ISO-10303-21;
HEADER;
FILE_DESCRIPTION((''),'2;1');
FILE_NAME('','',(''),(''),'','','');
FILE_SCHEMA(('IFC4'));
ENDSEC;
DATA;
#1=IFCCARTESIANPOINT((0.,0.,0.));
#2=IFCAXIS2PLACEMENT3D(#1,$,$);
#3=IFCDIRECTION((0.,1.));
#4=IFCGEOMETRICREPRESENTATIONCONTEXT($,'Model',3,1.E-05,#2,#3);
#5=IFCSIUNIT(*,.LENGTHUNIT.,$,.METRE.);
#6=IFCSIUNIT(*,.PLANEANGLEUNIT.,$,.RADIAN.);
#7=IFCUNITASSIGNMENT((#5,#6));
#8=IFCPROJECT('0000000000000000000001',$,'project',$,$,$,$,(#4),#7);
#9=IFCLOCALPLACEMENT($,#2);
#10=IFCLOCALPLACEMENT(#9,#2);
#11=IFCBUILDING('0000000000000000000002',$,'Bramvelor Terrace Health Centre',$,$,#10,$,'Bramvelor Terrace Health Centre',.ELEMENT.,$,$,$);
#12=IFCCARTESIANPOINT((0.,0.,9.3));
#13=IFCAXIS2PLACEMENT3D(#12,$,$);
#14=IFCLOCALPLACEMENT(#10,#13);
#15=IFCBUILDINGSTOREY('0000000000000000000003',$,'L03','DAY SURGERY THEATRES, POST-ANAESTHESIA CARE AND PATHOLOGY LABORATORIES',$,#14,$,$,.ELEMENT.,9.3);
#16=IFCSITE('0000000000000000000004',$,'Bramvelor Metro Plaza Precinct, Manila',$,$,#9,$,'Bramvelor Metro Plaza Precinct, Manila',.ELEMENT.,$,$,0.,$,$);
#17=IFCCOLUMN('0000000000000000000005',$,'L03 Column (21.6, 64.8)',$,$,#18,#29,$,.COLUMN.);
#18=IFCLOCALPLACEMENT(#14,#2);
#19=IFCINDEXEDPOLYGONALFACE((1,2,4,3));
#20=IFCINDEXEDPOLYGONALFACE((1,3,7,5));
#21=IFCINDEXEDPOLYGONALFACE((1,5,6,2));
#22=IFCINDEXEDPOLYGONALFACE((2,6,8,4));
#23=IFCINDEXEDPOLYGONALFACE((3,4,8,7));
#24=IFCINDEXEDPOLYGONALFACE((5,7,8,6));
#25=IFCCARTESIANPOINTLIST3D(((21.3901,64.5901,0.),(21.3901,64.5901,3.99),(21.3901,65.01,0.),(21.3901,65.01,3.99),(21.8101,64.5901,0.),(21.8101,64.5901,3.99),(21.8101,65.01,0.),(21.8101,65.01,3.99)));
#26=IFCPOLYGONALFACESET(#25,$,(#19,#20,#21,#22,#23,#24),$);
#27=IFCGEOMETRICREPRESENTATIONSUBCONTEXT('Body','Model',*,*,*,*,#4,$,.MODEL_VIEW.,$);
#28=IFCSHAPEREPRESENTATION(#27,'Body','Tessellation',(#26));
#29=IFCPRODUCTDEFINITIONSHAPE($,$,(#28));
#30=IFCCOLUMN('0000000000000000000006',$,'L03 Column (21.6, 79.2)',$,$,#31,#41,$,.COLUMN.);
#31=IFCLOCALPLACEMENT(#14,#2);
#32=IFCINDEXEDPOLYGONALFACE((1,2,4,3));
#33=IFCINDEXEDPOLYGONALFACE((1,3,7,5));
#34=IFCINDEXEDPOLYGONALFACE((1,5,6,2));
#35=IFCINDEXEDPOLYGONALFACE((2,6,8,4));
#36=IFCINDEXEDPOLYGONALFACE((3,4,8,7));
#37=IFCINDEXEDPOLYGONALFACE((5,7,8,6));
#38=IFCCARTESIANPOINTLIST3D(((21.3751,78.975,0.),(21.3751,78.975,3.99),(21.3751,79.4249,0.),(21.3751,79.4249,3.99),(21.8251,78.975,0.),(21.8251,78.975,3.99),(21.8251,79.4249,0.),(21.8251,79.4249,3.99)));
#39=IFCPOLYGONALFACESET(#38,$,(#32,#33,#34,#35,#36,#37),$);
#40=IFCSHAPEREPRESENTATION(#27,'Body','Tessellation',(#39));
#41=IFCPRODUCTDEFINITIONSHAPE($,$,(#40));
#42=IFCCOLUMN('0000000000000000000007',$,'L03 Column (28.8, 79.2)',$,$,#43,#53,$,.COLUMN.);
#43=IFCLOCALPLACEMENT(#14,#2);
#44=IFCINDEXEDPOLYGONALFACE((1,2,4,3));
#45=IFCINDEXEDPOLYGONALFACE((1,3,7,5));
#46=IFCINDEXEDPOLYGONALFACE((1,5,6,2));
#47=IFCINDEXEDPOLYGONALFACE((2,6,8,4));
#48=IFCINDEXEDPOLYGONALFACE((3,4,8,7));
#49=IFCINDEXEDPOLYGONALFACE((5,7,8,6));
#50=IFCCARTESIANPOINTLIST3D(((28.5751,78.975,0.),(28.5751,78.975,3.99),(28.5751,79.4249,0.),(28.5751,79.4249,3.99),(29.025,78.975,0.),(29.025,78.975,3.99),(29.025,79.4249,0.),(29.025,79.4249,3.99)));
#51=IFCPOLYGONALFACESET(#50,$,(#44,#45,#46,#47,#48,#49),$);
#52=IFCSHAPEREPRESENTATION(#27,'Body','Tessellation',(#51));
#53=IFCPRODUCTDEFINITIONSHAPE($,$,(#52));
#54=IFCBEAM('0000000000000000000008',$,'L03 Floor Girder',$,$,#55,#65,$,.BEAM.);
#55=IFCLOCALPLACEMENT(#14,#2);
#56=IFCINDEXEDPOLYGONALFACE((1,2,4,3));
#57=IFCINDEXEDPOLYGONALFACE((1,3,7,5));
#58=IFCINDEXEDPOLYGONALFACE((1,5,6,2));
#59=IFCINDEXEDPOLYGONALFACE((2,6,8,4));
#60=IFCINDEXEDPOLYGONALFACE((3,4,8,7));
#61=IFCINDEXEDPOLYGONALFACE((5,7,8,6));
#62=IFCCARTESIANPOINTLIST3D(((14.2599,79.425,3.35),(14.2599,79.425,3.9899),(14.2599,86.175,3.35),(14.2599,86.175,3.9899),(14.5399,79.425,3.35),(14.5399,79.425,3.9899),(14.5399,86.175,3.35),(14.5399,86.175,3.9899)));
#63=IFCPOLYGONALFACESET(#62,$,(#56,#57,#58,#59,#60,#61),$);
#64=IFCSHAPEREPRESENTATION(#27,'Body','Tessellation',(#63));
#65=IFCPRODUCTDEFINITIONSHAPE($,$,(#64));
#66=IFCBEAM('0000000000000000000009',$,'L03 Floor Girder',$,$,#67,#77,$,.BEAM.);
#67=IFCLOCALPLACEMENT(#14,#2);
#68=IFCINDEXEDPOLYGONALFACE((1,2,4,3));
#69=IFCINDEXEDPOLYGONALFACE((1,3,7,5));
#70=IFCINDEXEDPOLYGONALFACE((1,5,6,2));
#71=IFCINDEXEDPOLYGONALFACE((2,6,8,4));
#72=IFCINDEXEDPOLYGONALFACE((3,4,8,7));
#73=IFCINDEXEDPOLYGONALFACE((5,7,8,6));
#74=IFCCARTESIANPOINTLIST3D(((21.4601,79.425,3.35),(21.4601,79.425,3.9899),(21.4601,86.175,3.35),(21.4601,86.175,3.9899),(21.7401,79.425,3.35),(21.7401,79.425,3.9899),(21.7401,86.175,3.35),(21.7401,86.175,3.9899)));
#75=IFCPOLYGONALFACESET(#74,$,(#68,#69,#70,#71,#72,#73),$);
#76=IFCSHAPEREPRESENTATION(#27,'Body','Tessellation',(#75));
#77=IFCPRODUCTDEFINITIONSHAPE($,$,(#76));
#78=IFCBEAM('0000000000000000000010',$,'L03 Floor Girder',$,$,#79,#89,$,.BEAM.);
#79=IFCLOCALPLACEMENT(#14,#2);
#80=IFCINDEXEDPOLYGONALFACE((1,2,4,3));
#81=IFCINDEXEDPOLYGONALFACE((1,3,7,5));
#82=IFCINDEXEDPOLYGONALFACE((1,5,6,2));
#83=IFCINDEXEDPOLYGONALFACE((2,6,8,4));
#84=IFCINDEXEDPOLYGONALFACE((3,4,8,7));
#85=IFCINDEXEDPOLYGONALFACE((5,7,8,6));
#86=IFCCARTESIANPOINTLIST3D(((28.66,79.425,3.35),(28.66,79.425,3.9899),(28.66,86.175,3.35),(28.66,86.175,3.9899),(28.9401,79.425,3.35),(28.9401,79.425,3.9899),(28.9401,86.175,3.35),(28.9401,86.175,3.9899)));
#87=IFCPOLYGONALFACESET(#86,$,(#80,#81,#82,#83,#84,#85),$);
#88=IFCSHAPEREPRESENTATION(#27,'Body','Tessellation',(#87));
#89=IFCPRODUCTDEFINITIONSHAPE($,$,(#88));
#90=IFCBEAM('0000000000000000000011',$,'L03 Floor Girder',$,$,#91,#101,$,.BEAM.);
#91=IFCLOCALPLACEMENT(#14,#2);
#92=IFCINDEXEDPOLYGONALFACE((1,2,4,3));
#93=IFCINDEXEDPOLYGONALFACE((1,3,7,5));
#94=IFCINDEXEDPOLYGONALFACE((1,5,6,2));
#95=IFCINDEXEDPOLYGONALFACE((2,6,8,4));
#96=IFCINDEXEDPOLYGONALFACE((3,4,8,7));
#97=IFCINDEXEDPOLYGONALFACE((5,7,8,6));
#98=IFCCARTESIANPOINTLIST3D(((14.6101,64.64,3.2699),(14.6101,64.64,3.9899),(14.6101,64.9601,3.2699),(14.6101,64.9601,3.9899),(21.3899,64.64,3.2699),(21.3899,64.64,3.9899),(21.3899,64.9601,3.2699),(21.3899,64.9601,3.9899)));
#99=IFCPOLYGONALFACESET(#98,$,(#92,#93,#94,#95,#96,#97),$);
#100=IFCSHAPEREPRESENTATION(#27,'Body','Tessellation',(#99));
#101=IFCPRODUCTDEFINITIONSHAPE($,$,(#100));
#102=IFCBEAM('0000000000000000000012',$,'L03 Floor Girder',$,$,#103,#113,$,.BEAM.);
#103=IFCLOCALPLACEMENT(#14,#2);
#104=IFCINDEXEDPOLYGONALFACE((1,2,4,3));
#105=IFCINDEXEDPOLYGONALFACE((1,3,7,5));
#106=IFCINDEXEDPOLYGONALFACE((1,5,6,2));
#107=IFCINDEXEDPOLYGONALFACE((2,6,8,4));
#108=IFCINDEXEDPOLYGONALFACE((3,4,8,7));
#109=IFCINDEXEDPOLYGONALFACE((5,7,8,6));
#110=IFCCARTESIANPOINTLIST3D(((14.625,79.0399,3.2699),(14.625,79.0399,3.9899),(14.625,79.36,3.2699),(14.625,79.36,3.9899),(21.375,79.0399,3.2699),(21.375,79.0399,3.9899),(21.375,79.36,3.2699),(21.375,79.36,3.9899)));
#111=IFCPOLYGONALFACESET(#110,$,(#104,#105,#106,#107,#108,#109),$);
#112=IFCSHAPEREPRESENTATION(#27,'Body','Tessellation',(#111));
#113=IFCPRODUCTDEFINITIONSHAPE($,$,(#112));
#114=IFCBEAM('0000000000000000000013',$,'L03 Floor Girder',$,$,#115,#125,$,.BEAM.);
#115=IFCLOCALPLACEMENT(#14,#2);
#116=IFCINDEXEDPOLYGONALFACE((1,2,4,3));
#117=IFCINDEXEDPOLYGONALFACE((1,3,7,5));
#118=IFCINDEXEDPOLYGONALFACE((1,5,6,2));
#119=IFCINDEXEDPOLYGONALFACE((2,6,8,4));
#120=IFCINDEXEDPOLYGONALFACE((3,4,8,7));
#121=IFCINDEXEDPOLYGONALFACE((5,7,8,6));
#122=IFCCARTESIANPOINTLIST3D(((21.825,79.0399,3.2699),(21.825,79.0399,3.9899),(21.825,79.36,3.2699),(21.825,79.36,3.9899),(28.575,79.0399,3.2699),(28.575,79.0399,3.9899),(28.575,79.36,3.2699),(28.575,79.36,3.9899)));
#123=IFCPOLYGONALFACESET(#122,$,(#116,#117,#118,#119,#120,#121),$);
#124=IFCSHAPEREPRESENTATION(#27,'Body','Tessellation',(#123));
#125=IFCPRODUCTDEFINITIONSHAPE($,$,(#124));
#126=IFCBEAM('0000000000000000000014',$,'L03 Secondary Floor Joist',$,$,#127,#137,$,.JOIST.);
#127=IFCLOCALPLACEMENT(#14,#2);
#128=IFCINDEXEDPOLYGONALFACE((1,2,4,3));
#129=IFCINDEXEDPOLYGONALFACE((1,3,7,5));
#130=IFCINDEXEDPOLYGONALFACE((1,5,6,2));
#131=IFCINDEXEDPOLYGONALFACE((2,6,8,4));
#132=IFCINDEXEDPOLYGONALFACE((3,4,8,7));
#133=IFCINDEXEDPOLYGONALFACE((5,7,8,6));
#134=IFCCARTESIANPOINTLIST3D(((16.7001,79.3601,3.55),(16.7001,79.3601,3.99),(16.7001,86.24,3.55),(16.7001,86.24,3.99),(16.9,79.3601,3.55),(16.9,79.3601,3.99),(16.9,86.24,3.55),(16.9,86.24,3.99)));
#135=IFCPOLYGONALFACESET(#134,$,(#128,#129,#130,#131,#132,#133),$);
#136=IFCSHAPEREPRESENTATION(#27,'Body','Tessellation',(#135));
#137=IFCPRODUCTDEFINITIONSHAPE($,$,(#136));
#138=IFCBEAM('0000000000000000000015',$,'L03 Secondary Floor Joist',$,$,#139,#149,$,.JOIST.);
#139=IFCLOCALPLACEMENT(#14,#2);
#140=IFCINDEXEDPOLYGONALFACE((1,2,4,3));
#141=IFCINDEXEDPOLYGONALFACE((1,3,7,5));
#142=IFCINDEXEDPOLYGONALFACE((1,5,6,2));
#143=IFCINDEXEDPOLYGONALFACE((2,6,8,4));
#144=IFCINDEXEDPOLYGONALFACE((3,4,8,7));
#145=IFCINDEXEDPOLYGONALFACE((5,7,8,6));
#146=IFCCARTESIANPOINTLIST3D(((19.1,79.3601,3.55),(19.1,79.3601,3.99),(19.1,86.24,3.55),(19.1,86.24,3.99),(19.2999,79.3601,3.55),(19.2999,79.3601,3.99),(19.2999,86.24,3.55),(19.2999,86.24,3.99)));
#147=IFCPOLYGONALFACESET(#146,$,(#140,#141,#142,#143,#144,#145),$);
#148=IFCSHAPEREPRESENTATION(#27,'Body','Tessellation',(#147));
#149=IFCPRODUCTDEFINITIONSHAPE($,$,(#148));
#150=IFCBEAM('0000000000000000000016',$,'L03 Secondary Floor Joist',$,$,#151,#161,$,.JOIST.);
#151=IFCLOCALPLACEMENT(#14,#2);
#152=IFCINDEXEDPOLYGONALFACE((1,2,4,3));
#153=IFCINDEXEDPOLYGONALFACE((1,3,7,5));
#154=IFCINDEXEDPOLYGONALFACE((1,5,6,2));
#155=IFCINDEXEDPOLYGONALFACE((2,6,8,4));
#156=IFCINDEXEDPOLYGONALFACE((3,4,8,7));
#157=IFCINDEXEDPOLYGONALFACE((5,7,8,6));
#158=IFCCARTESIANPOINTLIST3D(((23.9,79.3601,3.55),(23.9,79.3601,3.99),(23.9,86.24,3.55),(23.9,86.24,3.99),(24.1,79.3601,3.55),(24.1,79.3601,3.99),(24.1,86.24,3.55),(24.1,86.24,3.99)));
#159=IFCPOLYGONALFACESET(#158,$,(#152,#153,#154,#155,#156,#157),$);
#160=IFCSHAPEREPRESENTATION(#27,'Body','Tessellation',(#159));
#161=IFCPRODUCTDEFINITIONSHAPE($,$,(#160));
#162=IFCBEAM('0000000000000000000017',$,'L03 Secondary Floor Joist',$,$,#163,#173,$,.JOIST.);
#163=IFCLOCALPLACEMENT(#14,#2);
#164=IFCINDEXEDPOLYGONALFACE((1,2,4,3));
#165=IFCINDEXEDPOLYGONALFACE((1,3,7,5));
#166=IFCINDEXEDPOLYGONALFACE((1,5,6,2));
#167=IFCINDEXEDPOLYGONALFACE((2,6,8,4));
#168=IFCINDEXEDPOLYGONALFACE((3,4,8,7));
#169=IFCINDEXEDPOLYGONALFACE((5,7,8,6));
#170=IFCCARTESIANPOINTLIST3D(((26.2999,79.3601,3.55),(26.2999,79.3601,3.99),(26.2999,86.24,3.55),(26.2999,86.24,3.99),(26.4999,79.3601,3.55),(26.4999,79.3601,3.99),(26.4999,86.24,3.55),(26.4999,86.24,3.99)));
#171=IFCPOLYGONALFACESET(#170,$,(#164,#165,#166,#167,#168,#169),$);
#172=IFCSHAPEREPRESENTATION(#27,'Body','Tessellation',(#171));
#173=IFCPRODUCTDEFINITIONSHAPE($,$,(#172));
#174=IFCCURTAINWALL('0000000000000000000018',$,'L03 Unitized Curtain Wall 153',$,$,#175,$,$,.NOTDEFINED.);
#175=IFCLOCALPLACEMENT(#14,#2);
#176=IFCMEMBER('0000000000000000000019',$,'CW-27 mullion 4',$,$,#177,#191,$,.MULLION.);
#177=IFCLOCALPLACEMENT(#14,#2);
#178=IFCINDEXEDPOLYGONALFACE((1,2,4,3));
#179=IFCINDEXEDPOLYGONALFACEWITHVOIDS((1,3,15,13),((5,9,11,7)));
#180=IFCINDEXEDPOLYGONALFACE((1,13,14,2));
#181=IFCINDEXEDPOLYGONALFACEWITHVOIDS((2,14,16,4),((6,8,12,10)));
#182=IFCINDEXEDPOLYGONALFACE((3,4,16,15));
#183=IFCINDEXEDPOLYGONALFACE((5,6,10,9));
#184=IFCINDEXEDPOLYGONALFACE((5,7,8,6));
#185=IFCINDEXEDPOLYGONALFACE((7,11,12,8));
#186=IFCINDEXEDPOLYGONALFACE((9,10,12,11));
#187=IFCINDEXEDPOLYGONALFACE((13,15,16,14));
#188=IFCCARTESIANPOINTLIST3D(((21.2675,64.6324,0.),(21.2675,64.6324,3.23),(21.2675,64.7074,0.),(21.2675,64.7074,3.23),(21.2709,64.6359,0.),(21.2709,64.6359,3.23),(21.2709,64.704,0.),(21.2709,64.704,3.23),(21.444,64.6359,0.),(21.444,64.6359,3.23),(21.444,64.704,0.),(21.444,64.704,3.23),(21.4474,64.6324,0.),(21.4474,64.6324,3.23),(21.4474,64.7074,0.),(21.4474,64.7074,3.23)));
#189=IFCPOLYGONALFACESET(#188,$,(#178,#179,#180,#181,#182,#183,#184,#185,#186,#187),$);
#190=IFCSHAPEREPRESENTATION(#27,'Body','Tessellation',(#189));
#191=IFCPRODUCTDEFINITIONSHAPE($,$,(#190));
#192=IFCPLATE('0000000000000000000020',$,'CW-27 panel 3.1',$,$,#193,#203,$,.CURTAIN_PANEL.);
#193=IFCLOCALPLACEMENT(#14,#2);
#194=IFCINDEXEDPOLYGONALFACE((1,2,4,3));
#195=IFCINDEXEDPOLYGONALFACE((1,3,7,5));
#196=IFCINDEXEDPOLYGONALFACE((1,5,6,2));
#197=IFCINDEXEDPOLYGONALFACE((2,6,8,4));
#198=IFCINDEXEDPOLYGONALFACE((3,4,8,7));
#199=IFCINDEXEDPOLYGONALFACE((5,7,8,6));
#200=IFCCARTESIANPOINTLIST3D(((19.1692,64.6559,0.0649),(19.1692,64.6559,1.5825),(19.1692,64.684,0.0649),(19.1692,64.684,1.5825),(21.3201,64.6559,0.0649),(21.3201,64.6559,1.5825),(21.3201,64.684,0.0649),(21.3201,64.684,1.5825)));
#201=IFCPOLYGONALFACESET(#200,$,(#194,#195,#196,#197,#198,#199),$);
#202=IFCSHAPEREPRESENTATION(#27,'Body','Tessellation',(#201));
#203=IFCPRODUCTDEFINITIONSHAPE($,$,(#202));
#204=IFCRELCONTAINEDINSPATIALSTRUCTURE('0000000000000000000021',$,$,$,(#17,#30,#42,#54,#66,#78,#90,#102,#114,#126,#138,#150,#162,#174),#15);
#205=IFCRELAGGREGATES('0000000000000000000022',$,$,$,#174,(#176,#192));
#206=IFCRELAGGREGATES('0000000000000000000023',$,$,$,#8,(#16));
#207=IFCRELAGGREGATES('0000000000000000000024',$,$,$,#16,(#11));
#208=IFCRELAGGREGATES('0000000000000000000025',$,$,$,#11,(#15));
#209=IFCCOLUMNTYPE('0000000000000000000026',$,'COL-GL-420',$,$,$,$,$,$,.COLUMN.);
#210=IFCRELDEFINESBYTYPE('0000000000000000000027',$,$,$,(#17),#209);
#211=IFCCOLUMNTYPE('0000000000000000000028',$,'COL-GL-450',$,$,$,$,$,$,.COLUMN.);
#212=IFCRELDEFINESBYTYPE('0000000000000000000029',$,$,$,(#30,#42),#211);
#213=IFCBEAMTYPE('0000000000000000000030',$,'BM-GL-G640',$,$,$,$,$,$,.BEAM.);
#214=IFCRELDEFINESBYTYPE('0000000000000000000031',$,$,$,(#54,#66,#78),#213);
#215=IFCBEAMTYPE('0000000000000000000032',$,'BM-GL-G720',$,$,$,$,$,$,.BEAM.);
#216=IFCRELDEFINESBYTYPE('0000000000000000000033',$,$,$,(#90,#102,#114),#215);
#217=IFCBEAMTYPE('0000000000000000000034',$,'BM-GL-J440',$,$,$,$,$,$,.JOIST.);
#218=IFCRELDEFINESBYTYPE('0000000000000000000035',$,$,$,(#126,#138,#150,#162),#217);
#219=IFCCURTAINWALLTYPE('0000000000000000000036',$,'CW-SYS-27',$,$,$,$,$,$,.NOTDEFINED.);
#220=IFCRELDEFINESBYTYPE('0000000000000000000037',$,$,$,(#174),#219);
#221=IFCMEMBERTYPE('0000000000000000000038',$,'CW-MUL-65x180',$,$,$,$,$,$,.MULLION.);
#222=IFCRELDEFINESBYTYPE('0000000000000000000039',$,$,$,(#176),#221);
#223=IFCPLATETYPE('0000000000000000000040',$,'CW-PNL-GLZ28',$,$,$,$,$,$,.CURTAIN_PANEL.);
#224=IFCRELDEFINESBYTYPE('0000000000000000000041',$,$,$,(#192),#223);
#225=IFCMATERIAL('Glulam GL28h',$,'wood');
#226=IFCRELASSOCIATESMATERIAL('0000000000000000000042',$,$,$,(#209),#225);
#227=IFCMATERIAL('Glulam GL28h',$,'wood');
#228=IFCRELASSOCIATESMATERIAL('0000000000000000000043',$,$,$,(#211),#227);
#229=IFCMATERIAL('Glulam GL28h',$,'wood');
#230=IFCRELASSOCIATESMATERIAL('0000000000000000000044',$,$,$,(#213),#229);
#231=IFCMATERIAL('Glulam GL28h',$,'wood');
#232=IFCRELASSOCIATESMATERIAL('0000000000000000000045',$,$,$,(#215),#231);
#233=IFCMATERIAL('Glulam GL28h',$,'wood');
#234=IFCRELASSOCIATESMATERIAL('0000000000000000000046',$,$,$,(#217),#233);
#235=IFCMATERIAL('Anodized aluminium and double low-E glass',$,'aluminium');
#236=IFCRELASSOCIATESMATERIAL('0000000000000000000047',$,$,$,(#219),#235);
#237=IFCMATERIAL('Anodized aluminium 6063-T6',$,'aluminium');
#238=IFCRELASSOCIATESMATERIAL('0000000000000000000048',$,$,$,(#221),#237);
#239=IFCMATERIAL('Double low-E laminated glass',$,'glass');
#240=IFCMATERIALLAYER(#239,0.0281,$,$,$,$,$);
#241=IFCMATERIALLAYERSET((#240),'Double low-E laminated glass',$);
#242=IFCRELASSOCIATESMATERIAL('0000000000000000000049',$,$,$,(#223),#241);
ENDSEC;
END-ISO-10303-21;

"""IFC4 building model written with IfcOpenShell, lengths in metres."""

from ifc_helpers import new_model, si_unit, direction, frame, origin, origin_2d, place, context, subcontext, project, spatial, rectangle, hollow_rectangle, extrude, material, layer, layer_set, material_profile, profile_set, type_object, element, aggregate, save


model = new_model("IFC4")

# Units and contexts
model_context = context("Model", 3, precision=1e-05, world=origin(), true_north=direction((0.0, 1.0)))
body_context = subcontext(model_context, "Body", "Model", "MODEL_VIEW")
ifc_project = project(units=[si_unit("LENGTHUNIT", "METRE"), si_unit("PLANEANGLEUNIT", "RADIAN")], contexts=[model_context])

# Site, building, storey
site_placement = place(None, origin())
site = spatial("IfcSite", under=ifc_project, at=site_placement, Name="Bramvelor Metro Plaza Precinct, Manila", LongName="Bramvelor Metro Plaza Precinct, Manila", CompositionType="ELEMENT", RefElevation=0.0)
building_placement = place(site_placement, origin())
building = spatial("IfcBuilding", under=site, at=building_placement, Name="Bramvelor Terrace Health Centre", LongName="Bramvelor Terrace Health Centre", CompositionType="ELEMENT")
storey_placement = place(building_placement, frame((0.0, 0.0, 9.3)))
storey = spatial("IfcBuildingStorey", under=building, at=storey_placement, Name="L03", Description="DAY SURGERY THEATRES, POST-ANAESTHESIA CARE AND PATHOLOGY LABORATORIES", CompositionType="ELEMENT", Elevation=9.3)

# Columns
ifc_material_1 = material(Name="Glulam GL28h", Category="wood")
ifc_material_profile_1 = material_profile(ifc_material_1, rectangle(XDim=0.4199, YDim=0.4199, at=origin_2d()), Name="GL 420x420")
ifc_profile_set_1 = profile_set([ifc_material_profile_1], Name="Glulam GL28h")
column_type_1 = type_object("IfcColumnType", Name="COL-GL-420", PredefinedType="COLUMN", material=ifc_profile_set_1)
column_placement = place(storey_placement, frame((21.6001, 64.8, 0.0), z_axis=(0.0, 0.0, 1.0), x_axis=(1.0, 0.0, 0.0)))
element("IfcColumn", 1, at=column_placement, inside=storey, type_object=column_type_1, Name="L03 Column (21.6, 64.8)", PredefinedType="COLUMN", context=body_context, shape_type="SweptSolid", body=[
    extrude(rectangle(XDim=0.4199, YDim=0.4199, at=origin_2d()), origin(), (0.0, 0.0, 1.0), 3.99),
])
ifc_material_2 = material(Name="Glulam GL28h", Category="wood")
ifc_material_profile_2 = material_profile(ifc_material_2, rectangle(XDim=0.45, YDim=0.45, at=origin_2d()), Name="GL 450x450")
ifc_profile_set_2 = profile_set([ifc_material_profile_2], Name="Glulam GL28h")
column_type_2 = type_object("IfcColumnType", Name="COL-GL-450", PredefinedType="COLUMN", material=ifc_profile_set_2)
for number, where, z_axis, x_axis, name in (
    (2, (21.6001, 79.2, 0.0), (0.0, 0.0, 1.0), (1.0, 0.0, 0.0), "L03 Column (21.6, 79.2)"),
    (3, (28.8, 79.2, 0.0), (0.0, 0.0, 1.0), (1.0, 0.0, 0.0), "L03 Column (28.8, 79.2)"),
):
    element("IfcColumn", number, at=place(storey_placement, frame(where, z_axis=z_axis, x_axis=x_axis)), inside=storey, type_object=column_type_2, Name=name, PredefinedType="COLUMN", context=body_context, shape_type="SweptSolid", body=[
        extrude(rectangle(XDim=0.45, YDim=0.45, at=origin_2d()), origin(), (0.0, 0.0, 1.0), 3.99),
    ])

# Beams
ifc_material_3 = material(Name="Glulam GL28h", Category="wood")
ifc_material_profile_3 = material_profile(ifc_material_3, rectangle(XDim=0.28, YDim=0.6399, at=origin_2d()), Name="GL 280x640")
ifc_profile_set_3 = profile_set([ifc_material_profile_3], Name="Glulam GL28h")
beam_type_1 = type_object("IfcBeamType", Name="BM-GL-G640", PredefinedType="BEAM", material=ifc_profile_set_3)
for number, where, z_axis, x_axis, name in (
    (4, (14.3999, 79.425, 3.6699), (0.0, 1.0, 0.0), (-1.0, 0.0, 0.0), "L03 Floor Girder"),
    (5, (21.6001, 79.425, 3.6699), (0.0, 1.0, 0.0), (-1.0, 0.0, 0.0), "L03 Floor Girder"),
    (6, (28.8, 79.425, 3.6699), (0.0, 1.0, 0.0), (-1.0, 0.0, 0.0), "L03 Floor Girder"),
):
    element("IfcBeam", number, at=place(storey_placement, frame(where, z_axis=z_axis, x_axis=x_axis)), inside=storey, type_object=beam_type_1, Name=name, PredefinedType="BEAM", context=body_context, shape_type="SweptSolid", body=[
        extrude(rectangle(XDim=0.28, YDim=0.6399, at=origin_2d()), origin(), (0.0, 0.0, 1.0), 6.75),
    ])
ifc_material_4 = material(Name="Glulam GL28h", Category="wood")
ifc_material_profile_4 = material_profile(ifc_material_4, rectangle(XDim=0.3201, YDim=0.72, at=origin_2d()), Name="GL 320x720")
ifc_profile_set_4 = profile_set([ifc_material_profile_4], Name="Glulam GL28h")
beam_type_2 = type_object("IfcBeamType", Name="BM-GL-G720", PredefinedType="BEAM", material=ifc_profile_set_4)
beam_placement = place(storey_placement, frame((14.6101, 64.8, 3.6299), z_axis=(1.0, 0.0, 0.0), x_axis=(0.0, 1.0, 0.0)))
element("IfcBeam", 7, at=beam_placement, inside=storey, type_object=beam_type_2, Name="L03 Floor Girder", PredefinedType="BEAM", context=body_context, shape_type="SweptSolid", body=[
    extrude(rectangle(XDim=0.3201, YDim=0.72, at=origin_2d()), origin(), (0.0, 0.0, 1.0), 6.7798),
])
for number, where, z_axis, x_axis, name in (
    (8, (14.625, 79.2, 3.6299), (1.0, 0.0, 0.0), (0.0, 1.0, 0.0), "L03 Floor Girder"),
    (9, (21.825, 79.2, 3.6299), (1.0, 0.0, 0.0), (0.0, 1.0, 0.0), "L03 Floor Girder"),
):
    element("IfcBeam", number, at=place(storey_placement, frame(where, z_axis=z_axis, x_axis=x_axis)), inside=storey, type_object=beam_type_2, Name=name, PredefinedType="BEAM", context=body_context, shape_type="SweptSolid", body=[
        extrude(rectangle(XDim=0.3201, YDim=0.72, at=origin_2d()), origin(), (0.0, 0.0, 1.0), 6.75),
    ])
ifc_material_5 = material(Name="Glulam GL28h", Category="wood")
ifc_material_profile_5 = material_profile(ifc_material_5, rectangle(XDim=0.2, YDim=0.4399, at=origin_2d()), Name="GL 200x440")
ifc_profile_set_5 = profile_set([ifc_material_profile_5], Name="Glulam GL28h")
beam_type_3 = type_object("IfcBeamType", Name="BM-GL-J440", PredefinedType="JOIST", material=ifc_profile_set_5)
for number, where, z_axis, x_axis, name in (
    (10, (16.8, 79.3601, 3.77), (0.0, 1.0, 0.0), (-1.0, 0.0, 0.0), "L03 Secondary Floor Joist"),
    (11, (19.2, 79.3601, 3.77), (0.0, 1.0, 0.0), (-1.0, 0.0, 0.0), "L03 Secondary Floor Joist"),
    (12, (24.0, 79.3601, 3.77), (0.0, 1.0, 0.0), (-1.0, 0.0, 0.0), "L03 Secondary Floor Joist"),
    (13, (26.3999, 79.3601, 3.77), (0.0, 1.0, 0.0), (-1.0, 0.0, 0.0), "L03 Secondary Floor Joist"),
):
    element("IfcBeam", number, at=place(storey_placement, frame(where, z_axis=z_axis, x_axis=x_axis)), inside=storey, type_object=beam_type_3, Name=name, PredefinedType="JOIST", context=body_context, shape_type="SweptSolid", body=[
        extrude(rectangle(XDim=0.2, YDim=0.4399, at=origin_2d()), origin(), (0.0, 0.0, 1.0), 6.8799),
    ])

# Curtain wall, member, plate
ifc_material_6 = material(Name="Anodized aluminium and double low-E glass", Category="aluminium")
curtain_wall_type = type_object("IfcCurtainWallType", Name="CW-SYS-27", PredefinedType="NOTDEFINED", material=ifc_material_6)
curtain_wall_placement = place(storey_placement, origin())
curtain_wall = element("IfcCurtainWall", 14, at=curtain_wall_placement, inside=storey, type_object=curtain_wall_type, Name="L03 Unitized Curtain Wall 153", PredefinedType="NOTDEFINED")
ifc_material_7 = material(Name="Anodized aluminium 6063-T6", Category="aluminium")
ifc_material_profile_6 = material_profile(ifc_material_7, hollow_rectangle(XDim=0.075, YDim=0.1799, WallThickness=0.0034, at=origin_2d()), Name="ALU-MUL 75x180x3.5")
ifc_profile_set_6 = profile_set([ifc_material_profile_6], Name="Anodized aluminium 6063-T6")
member_type = type_object("IfcMemberType", Name="CW-MUL-65x180", PredefinedType="MULLION", material=ifc_profile_set_6)
member_placement = place(storey_placement, frame((21.3574, 64.6699, 0.0), z_axis=(0.0, 0.0, 1.0), x_axis=(0.0, 1.0, 0.0)))
member = element("IfcMember", 15, at=member_placement, type_object=member_type, Name="CW-27 mullion 4", PredefinedType="MULLION", context=body_context, shape_type="SweptSolid", body=[
    extrude(hollow_rectangle(XDim=0.075, YDim=0.1799, WallThickness=0.0034, at=origin_2d()), origin(), (0.0, 0.0, 1.0), 3.23),
])
ifc_material_8 = material(Name="Double low-E laminated glass", Category="glass")
ifc_layer_1 = layer(ifc_material_8, 0.0281)
ifc_layer_set_1 = layer_set([ifc_layer_1], Name="Double low-E laminated glass")
plate_type = type_object("IfcPlateType", Name="CW-PNL-GLZ28", PredefinedType="CURTAIN_PANEL", material=ifc_layer_set_1)
plate_1_placement = place(storey_placement, frame((20.2446, 64.6699, 0.0649), z_axis=(0.0, 0.0, 1.0), x_axis=(1.0, 0.0, 0.0)))
plate_1 = element("IfcPlate", 16, at=plate_1_placement, type_object=plate_type, Name="CW-27 panel 3.1", PredefinedType="CURTAIN_PANEL", context=body_context, shape_type="SweptSolid", body=[
    extrude(rectangle(XDim=2.1509, YDim=0.0281, at=origin_2d()), origin(), (0.0, 0.0, 1.0), 1.5176),
])
aggregate(curtain_wall, [member, plate_1])

save(model, "model.ifc")
